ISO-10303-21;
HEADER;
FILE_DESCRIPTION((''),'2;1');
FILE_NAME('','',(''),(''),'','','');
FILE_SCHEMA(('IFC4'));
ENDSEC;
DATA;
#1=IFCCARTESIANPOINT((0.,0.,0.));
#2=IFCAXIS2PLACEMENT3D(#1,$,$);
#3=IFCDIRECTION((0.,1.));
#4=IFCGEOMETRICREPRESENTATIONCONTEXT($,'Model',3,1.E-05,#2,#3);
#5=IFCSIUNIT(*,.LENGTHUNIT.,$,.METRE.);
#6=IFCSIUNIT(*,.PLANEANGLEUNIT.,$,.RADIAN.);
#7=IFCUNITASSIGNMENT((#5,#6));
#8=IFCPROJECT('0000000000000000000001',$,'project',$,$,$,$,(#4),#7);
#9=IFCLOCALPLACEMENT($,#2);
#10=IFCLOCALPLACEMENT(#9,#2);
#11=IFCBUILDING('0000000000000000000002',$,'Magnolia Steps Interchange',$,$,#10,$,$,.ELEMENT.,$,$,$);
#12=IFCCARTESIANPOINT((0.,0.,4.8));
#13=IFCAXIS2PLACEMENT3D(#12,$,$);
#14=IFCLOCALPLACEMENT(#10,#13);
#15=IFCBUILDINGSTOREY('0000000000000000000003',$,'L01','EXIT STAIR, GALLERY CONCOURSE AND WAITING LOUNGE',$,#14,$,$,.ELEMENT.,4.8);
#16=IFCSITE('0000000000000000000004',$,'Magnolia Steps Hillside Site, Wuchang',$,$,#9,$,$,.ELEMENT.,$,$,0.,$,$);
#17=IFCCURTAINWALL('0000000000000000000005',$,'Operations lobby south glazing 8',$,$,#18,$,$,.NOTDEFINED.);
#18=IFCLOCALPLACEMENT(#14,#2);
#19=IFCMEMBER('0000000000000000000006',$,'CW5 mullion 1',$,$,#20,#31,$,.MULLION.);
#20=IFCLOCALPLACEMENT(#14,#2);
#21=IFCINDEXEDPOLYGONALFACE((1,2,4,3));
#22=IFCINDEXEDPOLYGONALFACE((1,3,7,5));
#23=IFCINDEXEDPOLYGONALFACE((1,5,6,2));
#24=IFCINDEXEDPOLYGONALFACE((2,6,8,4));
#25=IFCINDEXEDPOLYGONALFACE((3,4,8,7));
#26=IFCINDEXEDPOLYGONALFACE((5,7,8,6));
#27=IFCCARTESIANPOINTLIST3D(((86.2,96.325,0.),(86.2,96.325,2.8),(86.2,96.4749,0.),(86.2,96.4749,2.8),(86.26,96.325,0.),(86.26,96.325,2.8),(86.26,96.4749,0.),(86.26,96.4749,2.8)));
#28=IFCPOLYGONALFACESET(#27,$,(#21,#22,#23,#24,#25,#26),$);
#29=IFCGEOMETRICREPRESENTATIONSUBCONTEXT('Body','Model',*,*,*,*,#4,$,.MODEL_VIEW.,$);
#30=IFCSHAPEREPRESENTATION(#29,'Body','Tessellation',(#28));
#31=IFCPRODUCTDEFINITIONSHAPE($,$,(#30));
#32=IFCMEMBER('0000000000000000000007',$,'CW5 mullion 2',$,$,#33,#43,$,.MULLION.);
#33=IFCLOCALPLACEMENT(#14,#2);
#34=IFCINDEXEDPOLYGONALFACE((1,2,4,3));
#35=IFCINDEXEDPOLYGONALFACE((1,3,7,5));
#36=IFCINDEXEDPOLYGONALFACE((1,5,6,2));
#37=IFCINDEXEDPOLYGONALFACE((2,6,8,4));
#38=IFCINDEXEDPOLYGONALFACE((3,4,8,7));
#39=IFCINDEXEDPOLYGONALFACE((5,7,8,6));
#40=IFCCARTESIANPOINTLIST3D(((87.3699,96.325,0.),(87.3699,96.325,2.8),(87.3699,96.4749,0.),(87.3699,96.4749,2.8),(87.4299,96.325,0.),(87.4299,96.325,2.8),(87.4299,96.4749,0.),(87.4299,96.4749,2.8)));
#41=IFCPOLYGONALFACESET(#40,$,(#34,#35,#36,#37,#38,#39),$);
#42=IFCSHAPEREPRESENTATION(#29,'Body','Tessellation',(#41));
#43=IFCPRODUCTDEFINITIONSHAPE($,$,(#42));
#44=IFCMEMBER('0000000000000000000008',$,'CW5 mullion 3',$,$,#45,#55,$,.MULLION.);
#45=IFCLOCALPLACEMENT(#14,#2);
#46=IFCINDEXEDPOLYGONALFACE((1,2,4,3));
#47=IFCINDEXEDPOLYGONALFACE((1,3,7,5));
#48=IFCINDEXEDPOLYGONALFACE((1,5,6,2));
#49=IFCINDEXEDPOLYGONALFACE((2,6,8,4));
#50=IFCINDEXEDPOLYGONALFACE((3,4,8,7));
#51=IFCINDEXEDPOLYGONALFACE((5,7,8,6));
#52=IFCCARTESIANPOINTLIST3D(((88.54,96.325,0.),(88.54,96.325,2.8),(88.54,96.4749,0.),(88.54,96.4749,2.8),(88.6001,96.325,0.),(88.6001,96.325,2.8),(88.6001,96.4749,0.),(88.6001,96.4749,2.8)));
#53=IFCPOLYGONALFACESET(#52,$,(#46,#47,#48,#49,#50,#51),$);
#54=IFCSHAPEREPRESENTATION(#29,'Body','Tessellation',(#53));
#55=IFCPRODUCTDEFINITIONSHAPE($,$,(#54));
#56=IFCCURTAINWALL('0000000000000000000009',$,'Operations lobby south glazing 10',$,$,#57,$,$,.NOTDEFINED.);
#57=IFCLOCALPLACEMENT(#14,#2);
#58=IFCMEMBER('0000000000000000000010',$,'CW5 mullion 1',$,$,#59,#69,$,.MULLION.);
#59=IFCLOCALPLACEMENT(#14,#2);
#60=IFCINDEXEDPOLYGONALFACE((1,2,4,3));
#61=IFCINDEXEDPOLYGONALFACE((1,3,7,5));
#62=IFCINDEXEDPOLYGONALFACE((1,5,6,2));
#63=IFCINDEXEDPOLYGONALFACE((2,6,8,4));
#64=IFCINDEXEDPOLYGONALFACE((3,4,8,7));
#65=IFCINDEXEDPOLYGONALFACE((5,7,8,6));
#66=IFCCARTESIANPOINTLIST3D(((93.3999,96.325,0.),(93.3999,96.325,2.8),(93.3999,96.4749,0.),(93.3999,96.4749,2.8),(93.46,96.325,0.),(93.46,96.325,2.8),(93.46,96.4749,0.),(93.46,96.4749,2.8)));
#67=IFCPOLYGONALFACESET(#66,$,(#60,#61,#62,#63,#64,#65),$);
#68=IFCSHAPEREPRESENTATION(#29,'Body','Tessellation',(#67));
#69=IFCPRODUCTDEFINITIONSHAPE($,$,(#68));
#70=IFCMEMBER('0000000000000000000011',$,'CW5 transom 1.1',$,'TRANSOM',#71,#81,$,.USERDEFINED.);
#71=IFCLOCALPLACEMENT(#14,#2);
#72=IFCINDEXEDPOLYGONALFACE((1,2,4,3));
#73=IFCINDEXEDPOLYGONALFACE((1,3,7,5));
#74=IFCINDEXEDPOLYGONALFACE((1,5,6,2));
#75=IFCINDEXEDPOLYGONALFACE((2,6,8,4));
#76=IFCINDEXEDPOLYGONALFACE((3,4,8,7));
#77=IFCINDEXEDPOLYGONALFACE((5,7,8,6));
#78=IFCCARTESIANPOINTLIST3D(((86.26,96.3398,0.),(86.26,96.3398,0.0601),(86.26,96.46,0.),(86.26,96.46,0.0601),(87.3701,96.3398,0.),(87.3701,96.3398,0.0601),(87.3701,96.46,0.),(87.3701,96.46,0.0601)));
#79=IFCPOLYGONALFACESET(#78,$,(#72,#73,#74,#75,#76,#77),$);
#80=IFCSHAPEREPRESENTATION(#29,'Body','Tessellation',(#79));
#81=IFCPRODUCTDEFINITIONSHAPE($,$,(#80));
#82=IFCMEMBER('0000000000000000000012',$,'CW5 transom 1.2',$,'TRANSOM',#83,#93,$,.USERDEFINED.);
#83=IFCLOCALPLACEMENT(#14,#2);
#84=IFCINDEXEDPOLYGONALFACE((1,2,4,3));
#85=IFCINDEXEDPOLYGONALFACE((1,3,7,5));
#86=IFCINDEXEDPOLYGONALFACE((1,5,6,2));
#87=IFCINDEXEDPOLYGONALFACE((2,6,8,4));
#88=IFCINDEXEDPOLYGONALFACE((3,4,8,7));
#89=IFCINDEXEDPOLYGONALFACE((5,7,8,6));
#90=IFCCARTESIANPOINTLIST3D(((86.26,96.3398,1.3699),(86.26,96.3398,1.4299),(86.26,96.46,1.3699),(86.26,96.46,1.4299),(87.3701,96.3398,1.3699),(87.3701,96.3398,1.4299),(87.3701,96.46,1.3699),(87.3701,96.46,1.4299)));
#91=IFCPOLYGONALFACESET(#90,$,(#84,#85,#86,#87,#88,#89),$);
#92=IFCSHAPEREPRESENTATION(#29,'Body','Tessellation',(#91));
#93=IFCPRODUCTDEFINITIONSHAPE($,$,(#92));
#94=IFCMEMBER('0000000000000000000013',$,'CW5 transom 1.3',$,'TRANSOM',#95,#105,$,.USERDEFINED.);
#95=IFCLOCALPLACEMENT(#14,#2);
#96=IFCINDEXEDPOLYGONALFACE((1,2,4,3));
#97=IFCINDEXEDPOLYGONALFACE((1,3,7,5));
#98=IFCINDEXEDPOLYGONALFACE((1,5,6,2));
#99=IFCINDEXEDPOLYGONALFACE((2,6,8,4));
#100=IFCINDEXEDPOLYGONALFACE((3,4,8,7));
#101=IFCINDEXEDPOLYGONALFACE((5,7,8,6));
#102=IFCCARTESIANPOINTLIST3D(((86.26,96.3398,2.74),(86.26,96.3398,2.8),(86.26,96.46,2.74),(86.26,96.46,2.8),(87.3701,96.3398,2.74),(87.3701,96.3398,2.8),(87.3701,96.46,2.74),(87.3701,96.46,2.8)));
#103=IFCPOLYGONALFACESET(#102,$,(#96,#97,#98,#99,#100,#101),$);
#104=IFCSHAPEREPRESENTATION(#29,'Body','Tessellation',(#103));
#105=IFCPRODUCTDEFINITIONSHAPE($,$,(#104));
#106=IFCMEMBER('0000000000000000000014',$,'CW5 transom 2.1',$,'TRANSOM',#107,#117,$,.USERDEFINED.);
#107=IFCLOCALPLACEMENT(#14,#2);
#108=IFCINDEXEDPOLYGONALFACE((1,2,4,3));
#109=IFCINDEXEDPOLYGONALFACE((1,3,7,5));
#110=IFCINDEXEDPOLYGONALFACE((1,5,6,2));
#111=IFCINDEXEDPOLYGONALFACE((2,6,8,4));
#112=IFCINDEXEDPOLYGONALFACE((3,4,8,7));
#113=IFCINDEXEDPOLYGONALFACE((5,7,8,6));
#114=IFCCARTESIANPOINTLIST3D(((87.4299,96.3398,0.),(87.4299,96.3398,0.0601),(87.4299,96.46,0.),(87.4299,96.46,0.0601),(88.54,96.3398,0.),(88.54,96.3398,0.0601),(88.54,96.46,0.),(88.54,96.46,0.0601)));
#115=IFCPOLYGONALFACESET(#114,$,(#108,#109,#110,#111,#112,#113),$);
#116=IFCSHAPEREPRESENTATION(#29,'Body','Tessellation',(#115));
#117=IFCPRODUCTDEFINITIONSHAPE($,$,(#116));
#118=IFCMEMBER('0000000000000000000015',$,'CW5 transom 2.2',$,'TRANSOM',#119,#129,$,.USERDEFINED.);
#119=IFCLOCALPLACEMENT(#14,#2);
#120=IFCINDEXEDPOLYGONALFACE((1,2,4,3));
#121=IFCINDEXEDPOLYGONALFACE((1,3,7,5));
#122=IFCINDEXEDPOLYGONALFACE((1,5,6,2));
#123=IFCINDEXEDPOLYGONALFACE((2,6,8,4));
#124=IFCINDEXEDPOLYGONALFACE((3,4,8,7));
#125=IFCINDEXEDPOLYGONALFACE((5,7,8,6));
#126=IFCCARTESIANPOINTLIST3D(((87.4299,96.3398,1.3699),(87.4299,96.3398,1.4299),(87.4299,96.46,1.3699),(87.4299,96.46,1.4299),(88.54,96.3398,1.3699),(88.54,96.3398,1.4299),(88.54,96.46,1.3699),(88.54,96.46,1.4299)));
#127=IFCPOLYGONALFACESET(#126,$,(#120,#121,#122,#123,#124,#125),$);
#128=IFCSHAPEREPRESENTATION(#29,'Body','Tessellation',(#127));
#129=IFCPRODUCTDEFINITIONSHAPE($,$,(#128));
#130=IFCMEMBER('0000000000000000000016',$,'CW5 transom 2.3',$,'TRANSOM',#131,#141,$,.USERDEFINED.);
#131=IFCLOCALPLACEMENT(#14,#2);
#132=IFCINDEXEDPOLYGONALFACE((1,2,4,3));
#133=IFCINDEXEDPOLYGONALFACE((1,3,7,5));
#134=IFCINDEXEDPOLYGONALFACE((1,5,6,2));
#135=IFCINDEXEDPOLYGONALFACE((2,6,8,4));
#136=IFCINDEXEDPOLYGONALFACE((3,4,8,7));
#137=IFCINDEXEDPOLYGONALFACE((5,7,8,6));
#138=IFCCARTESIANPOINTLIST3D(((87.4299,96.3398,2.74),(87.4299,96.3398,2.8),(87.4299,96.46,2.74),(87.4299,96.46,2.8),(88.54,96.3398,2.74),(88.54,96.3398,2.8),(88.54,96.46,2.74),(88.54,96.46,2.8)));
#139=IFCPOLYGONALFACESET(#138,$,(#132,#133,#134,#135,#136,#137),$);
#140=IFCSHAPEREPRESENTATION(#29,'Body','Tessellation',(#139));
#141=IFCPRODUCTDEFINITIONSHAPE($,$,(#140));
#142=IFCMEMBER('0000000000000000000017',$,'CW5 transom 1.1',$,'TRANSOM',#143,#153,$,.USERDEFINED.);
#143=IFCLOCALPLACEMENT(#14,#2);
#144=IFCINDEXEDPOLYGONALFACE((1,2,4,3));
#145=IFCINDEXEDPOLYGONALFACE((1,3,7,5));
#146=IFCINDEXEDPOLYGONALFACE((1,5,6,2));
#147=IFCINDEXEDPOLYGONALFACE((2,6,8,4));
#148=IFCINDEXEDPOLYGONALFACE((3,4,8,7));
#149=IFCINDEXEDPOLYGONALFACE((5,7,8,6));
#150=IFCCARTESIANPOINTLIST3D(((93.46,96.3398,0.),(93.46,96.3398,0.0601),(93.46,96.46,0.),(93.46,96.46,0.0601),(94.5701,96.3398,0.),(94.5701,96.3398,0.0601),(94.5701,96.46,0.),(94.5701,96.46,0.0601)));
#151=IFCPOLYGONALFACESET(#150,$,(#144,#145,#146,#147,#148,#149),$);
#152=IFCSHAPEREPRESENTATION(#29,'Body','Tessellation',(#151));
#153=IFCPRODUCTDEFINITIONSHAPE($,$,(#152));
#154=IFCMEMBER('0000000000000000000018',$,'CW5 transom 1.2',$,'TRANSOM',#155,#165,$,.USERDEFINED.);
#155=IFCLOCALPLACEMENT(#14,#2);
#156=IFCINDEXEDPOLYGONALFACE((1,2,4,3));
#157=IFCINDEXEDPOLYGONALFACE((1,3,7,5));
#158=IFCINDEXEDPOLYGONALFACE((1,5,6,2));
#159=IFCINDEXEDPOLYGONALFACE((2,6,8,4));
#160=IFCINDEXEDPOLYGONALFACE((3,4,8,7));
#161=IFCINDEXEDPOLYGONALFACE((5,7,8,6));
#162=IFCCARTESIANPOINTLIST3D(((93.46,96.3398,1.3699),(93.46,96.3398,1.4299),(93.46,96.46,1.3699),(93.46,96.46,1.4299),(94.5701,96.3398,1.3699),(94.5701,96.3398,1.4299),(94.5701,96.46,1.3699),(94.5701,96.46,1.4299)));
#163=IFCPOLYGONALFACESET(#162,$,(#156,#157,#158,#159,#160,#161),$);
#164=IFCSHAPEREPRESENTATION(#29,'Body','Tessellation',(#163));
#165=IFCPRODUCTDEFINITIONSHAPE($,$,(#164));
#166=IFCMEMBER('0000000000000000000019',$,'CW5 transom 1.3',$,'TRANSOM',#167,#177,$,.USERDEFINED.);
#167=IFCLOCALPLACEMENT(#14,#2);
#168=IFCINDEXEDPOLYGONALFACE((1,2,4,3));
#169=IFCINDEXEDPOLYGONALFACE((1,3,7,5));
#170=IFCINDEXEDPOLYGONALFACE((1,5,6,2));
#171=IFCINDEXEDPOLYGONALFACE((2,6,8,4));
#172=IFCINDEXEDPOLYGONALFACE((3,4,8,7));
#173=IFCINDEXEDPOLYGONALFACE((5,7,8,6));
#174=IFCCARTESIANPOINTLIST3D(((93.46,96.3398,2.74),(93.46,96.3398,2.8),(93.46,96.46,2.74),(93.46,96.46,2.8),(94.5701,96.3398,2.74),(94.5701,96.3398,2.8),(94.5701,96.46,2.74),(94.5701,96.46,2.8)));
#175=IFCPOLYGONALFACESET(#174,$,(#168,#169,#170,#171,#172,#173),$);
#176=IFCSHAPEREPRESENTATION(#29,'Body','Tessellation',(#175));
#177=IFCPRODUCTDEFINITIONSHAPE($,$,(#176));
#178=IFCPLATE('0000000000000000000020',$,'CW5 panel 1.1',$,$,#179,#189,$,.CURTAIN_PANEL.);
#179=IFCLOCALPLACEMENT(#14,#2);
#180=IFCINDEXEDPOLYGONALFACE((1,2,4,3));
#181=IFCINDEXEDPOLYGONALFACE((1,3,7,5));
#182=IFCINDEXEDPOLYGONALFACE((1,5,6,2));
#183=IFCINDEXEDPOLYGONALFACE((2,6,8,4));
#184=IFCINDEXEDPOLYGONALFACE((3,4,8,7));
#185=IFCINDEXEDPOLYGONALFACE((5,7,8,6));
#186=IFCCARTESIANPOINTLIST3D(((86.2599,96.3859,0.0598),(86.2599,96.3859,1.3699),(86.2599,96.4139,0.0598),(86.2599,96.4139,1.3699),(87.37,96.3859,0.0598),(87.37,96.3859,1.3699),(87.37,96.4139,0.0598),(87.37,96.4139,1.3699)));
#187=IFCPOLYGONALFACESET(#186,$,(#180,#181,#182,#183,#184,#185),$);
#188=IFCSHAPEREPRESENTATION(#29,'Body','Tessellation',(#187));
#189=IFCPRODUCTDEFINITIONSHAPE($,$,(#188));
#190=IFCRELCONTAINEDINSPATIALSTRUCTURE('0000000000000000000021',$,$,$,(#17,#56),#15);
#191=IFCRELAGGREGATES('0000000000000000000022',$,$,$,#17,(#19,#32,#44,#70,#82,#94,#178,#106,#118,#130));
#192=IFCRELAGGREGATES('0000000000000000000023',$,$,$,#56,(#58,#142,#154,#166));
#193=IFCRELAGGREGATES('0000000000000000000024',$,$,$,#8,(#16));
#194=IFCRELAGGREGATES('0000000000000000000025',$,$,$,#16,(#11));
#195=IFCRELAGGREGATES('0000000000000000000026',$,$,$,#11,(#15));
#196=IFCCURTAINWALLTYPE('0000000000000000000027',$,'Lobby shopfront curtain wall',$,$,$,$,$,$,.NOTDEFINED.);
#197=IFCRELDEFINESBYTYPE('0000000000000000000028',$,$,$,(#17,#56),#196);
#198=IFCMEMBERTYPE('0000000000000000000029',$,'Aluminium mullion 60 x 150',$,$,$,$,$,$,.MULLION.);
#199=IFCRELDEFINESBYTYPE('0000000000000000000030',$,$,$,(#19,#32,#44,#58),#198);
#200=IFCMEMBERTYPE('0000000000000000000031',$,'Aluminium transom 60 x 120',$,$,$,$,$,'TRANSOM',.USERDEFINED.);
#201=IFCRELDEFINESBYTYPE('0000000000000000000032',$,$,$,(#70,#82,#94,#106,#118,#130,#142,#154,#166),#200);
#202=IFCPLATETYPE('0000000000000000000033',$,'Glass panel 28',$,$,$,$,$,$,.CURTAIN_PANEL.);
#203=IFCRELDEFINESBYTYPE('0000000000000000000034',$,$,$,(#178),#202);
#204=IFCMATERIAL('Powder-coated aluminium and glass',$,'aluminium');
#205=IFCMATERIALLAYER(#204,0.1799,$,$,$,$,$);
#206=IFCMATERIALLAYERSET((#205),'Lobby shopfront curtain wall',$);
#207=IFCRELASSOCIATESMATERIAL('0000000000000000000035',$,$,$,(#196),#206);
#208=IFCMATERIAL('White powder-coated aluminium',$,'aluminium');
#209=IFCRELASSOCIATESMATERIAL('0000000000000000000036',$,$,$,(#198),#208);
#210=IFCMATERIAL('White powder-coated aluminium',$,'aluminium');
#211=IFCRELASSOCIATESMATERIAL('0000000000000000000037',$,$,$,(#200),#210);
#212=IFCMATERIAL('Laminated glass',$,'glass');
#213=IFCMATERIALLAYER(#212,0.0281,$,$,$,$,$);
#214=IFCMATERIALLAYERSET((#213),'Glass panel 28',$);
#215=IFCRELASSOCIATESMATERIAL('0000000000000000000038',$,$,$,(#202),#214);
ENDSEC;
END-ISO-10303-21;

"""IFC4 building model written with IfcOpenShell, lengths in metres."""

from ifc_helpers import new_model, si_unit, direction, frame, origin, origin_2d, place, context, subcontext, project, spatial, rectangle, extrude, material, layer, layer_set, material_profile, profile_set, type_object, element, aggregate, save


model = new_model("IFC4")

# Units and contexts
model_context = context("Model", 3, precision=1e-05, world=origin(), true_north=direction((0.0, 1.0)))
body_context = subcontext(model_context, "Body", "Model", "MODEL_VIEW")
ifc_project = project(units=[si_unit("LENGTHUNIT", "METRE"), si_unit("PLANEANGLEUNIT", "RADIAN")], contexts=[model_context])

# Site, building, storey
site_placement = place(None, origin())
site = spatial("IfcSite", under=ifc_project, at=site_placement, Name="Magnolia Steps Hillside Site, Wuchang", CompositionType="ELEMENT", RefElevation=0.0)
building_placement = place(site_placement, origin())
building = spatial("IfcBuilding", under=site, at=building_placement, Name="Magnolia Steps Interchange", CompositionType="ELEMENT")
storey_placement = place(building_placement, frame((0.0, 0.0, 4.8)))
storey = spatial("IfcBuildingStorey", under=building, at=storey_placement, Name="L01", Description="EXIT STAIR, GALLERY CONCOURSE AND WAITING LOUNGE", CompositionType="ELEMENT", Elevation=4.8)

# Curtain wall, members
ifc_material_1 = material(Name="Powder-coated aluminium and glass", Category="aluminium")
ifc_layer_1 = layer(ifc_material_1, 0.1799)
ifc_layer_set_1 = layer_set([ifc_layer_1], Name="Lobby shopfront curtain wall")
curtain_wall_type = type_object("IfcCurtainWallType", Name="Lobby shopfront curtain wall", PredefinedType="NOTDEFINED", material=ifc_layer_set_1)
curtain_wall_1_placement = place(storey_placement, origin())
curtain_wall_1 = element("IfcCurtainWall", 1, at=curtain_wall_1_placement, inside=storey, type_object=curtain_wall_type, Name="Operations lobby south glazing 8", PredefinedType="NOTDEFINED")
ifc_material_2 = material(Name="White powder-coated aluminium", Category="aluminium")
ifc_material_profile_1 = material_profile(ifc_material_2, rectangle(XDim=0.0601, YDim=0.1499, at=origin_2d()), Name="Aluminium mullion 60 x 150")
ifc_profile_set_1 = profile_set([ifc_material_profile_1], Name="White powder-coated aluminium")
member_type_1 = type_object("IfcMemberType", Name="Aluminium mullion 60 x 150", PredefinedType="MULLION", material=ifc_profile_set_1)
member_1_placement = place(storey_placement, frame((86.23, 96.3999, 0.0), z_axis=(0.0, 0.0, 1.0), x_axis=(1.0, 0.0, 0.0)))
member_1 = element("IfcMember", 2, at=member_1_placement, type_object=member_type_1, Name="CW5 mullion 1", PredefinedType="MULLION", context=body_context, shape_type="SweptSolid", body=[
    extrude(rectangle(XDim=0.0601, YDim=0.1499, at=origin_2d()), origin(), (0.0, 0.0, 1.0), 2.8),
])
member_2_placement = place(storey_placement, frame((87.3999, 96.3999, 0.0), z_axis=(0.0, 0.0, 1.0), x_axis=(1.0, 0.0, 0.0)))
member_2 = element("IfcMember", 3, at=member_2_placement, type_object=member_type_1, Name="CW5 mullion 2", PredefinedType="MULLION", context=body_context, shape_type="SweptSolid", body=[
    extrude(rectangle(XDim=0.0601, YDim=0.1499, at=origin_2d()), origin(), (0.0, 0.0, 1.0), 2.8),
])
member_3_placement = place(storey_placement, frame((88.5701, 96.3999, 0.0), z_axis=(0.0, 0.0, 1.0), x_axis=(1.0, 0.0, 0.0)))
member_3 = element("IfcMember", 4, at=member_3_placement, type_object=member_type_1, Name="CW5 mullion 3", PredefinedType="MULLION", context=body_context, shape_type="SweptSolid", body=[
    extrude(rectangle(XDim=0.0601, YDim=0.1499, at=origin_2d()), origin(), (0.0, 0.0, 1.0), 2.8),
])

# Curtain wall, member
curtain_wall_2_placement = place(storey_placement, origin())
curtain_wall_2 = element("IfcCurtainWall", 5, at=curtain_wall_2_placement, inside=storey, type_object=curtain_wall_type, Name="Operations lobby south glazing 10", PredefinedType="NOTDEFINED")
member_4_placement = place(storey_placement, frame((93.4299, 96.3999, 0.0), z_axis=(0.0, 0.0, 1.0), x_axis=(1.0, 0.0, 0.0)))
member_4 = element("IfcMember", 6, at=member_4_placement, type_object=member_type_1, Name="CW5 mullion 1", PredefinedType="MULLION", context=body_context, shape_type="SweptSolid", body=[
    extrude(rectangle(XDim=0.0601, YDim=0.1499, at=origin_2d()), origin(), (0.0, 0.0, 1.0), 2.8),
])

# Members
ifc_material_3 = material(Name="White powder-coated aluminium", Category="aluminium")
ifc_material_profile_2 = material_profile(ifc_material_3, rectangle(XDim=0.0601, YDim=0.1201, at=origin_2d()), Name="Aluminium transom 60 x 120")
ifc_profile_set_2 = profile_set([ifc_material_profile_2], Name="White powder-coated aluminium")
member_type_2 = type_object("IfcMemberType", Name="Aluminium transom 60 x 120", ElementType="TRANSOM", PredefinedType="USERDEFINED", material=ifc_profile_set_2)
member_5_placement = place(storey_placement, frame((86.26, 96.3999, 0.03), z_axis=(1.0, 0.0, 0.0), x_axis=(0.0, 0.0, 1.0)))
member_5 = element("IfcMember", 7, at=member_5_placement, type_object=member_type_2, Name="CW5 transom 1.1", ObjectType="TRANSOM", PredefinedType="USERDEFINED", context=body_context, shape_type="SweptSolid", body=[
    extrude(rectangle(XDim=0.0601, YDim=0.1201, at=origin_2d()), origin(), (0.0, 0.0, 1.0), 1.1101),
])
member_6_placement = place(storey_placement, frame((86.26, 96.3999, 1.3999), z_axis=(1.0, 0.0, 0.0), x_axis=(0.0, 0.0, 1.0)))
member_6 = element("IfcMember", 8, at=member_6_placement, type_object=member_type_2, Name="CW5 transom 1.2", ObjectType="TRANSOM", PredefinedType="USERDEFINED", context=body_context, shape_type="SweptSolid", body=[
    extrude(rectangle(XDim=0.0601, YDim=0.1201, at=origin_2d()), origin(), (0.0, 0.0, 1.0), 1.1101),
])
member_7_placement = place(storey_placement, frame((86.26, 96.3999, 2.77), z_axis=(1.0, 0.0, 0.0), x_axis=(0.0, 0.0, 1.0)))
member_7 = element("IfcMember", 9, at=member_7_placement, type_object=member_type_2, Name="CW5 transom 1.3", ObjectType="TRANSOM", PredefinedType="USERDEFINED", context=body_context, shape_type="SweptSolid", body=[
    extrude(rectangle(XDim=0.0601, YDim=0.1201, at=origin_2d()), origin(), (0.0, 0.0, 1.0), 1.1101),
])
member_8_placement = place(storey_placement, frame((87.4299, 96.3999, 0.03), z_axis=(1.0, 0.0, 0.0), x_axis=(0.0, 0.0, 1.0)))
member_8 = element("IfcMember", 10, at=member_8_placement, type_object=member_type_2, Name="CW5 transom 2.1", ObjectType="TRANSOM", PredefinedType="USERDEFINED", context=body_context, shape_type="SweptSolid", body=[
    extrude(rectangle(XDim=0.0601, YDim=0.1201, at=origin_2d()), origin(), (0.0, 0.0, 1.0), 1.1101),
])
member_9_placement = place(storey_placement, frame((87.4299, 96.3999, 1.3999), z_axis=(1.0, 0.0, 0.0), x_axis=(0.0, 0.0, 1.0)))
member_9 = element("IfcMember", 11, at=member_9_placement, type_object=member_type_2, Name="CW5 transom 2.2", ObjectType="TRANSOM", PredefinedType="USERDEFINED", context=body_context, shape_type="SweptSolid", body=[
    extrude(rectangle(XDim=0.0601, YDim=0.1201, at=origin_2d()), origin(), (0.0, 0.0, 1.0), 1.1101),
])
member_10_placement = place(storey_placement, frame((87.4299, 96.3999, 2.77), z_axis=(1.0, 0.0, 0.0), x_axis=(0.0, 0.0, 1.0)))
member_10 = element("IfcMember", 12, at=member_10_placement, type_object=member_type_2, Name="CW5 transom 2.3", ObjectType="TRANSOM", PredefinedType="USERDEFINED", context=body_context, shape_type="SweptSolid", body=[
    extrude(rectangle(XDim=0.0601, YDim=0.1201, at=origin_2d()), origin(), (0.0, 0.0, 1.0), 1.1101),
])
member_11_placement = place(storey_placement, frame((93.46, 96.3999, 0.03), z_axis=(1.0, 0.0, 0.0), x_axis=(0.0, 0.0, 1.0)))
member_11 = element("IfcMember", 13, at=member_11_placement, type_object=member_type_2, Name="CW5 transom 1.1", ObjectType="TRANSOM", PredefinedType="USERDEFINED", context=body_context, shape_type="SweptSolid", body=[
    extrude(rectangle(XDim=0.0601, YDim=0.1201, at=origin_2d()), origin(), (0.0, 0.0, 1.0), 1.1101),
])
member_12_placement = place(storey_placement, frame((93.46, 96.3999, 1.3999), z_axis=(1.0, 0.0, 0.0), x_axis=(0.0, 0.0, 1.0)))
member_12 = element("IfcMember", 14, at=member_12_placement, type_object=member_type_2, Name="CW5 transom 1.2", ObjectType="TRANSOM", PredefinedType="USERDEFINED", context=body_context, shape_type="SweptSolid", body=[
    extrude(rectangle(XDim=0.0601, YDim=0.1201, at=origin_2d()), origin(), (0.0, 0.0, 1.0), 1.1101),
])
member_13_placement = place(storey_placement, frame((93.46, 96.3999, 2.77), z_axis=(1.0, 0.0, 0.0), x_axis=(0.0, 0.0, 1.0)))
member_13 = element("IfcMember", 15, at=member_13_placement, type_object=member_type_2, Name="CW5 transom 1.3", ObjectType="TRANSOM", PredefinedType="USERDEFINED", context=body_context, shape_type="SweptSolid", body=[
    extrude(rectangle(XDim=0.0601, YDim=0.1201, at=origin_2d()), origin(), (0.0, 0.0, 1.0), 1.1101),
])

# Plate
ifc_material_4 = material(Name="Laminated glass", Category="glass")
ifc_layer_2 = layer(ifc_material_4, 0.0281)
ifc_layer_set_2 = layer_set([ifc_layer_2], Name="Glass panel 28")
plate_type = type_object("IfcPlateType", Name="Glass panel 28", PredefinedType="CURTAIN_PANEL", material=ifc_layer_set_2)
plate_1_placement = place(storey_placement, frame((86.8149, 96.3999, 0.0598), z_axis=(0.0, 0.0, 1.0), x_axis=(1.0, 0.0, 0.0)))
plate_1 = element("IfcPlate", 16, at=plate_1_placement, type_object=plate_type, Name="CW5 panel 1.1", PredefinedType="CURTAIN_PANEL", context=body_context, shape_type="SweptSolid", body=[
    extrude(rectangle(XDim=1.1101, YDim=0.0281, at=origin_2d()), origin(), (0.0, 0.0, 1.0), 1.3101),
])
aggregate(curtain_wall_1, [member_1, member_2, member_3, member_5, member_6, member_7, plate_1, member_8, member_9, member_10])
aggregate(curtain_wall_2, [member_4, member_11, member_12, member_13])

save(model, "model.ifc")
